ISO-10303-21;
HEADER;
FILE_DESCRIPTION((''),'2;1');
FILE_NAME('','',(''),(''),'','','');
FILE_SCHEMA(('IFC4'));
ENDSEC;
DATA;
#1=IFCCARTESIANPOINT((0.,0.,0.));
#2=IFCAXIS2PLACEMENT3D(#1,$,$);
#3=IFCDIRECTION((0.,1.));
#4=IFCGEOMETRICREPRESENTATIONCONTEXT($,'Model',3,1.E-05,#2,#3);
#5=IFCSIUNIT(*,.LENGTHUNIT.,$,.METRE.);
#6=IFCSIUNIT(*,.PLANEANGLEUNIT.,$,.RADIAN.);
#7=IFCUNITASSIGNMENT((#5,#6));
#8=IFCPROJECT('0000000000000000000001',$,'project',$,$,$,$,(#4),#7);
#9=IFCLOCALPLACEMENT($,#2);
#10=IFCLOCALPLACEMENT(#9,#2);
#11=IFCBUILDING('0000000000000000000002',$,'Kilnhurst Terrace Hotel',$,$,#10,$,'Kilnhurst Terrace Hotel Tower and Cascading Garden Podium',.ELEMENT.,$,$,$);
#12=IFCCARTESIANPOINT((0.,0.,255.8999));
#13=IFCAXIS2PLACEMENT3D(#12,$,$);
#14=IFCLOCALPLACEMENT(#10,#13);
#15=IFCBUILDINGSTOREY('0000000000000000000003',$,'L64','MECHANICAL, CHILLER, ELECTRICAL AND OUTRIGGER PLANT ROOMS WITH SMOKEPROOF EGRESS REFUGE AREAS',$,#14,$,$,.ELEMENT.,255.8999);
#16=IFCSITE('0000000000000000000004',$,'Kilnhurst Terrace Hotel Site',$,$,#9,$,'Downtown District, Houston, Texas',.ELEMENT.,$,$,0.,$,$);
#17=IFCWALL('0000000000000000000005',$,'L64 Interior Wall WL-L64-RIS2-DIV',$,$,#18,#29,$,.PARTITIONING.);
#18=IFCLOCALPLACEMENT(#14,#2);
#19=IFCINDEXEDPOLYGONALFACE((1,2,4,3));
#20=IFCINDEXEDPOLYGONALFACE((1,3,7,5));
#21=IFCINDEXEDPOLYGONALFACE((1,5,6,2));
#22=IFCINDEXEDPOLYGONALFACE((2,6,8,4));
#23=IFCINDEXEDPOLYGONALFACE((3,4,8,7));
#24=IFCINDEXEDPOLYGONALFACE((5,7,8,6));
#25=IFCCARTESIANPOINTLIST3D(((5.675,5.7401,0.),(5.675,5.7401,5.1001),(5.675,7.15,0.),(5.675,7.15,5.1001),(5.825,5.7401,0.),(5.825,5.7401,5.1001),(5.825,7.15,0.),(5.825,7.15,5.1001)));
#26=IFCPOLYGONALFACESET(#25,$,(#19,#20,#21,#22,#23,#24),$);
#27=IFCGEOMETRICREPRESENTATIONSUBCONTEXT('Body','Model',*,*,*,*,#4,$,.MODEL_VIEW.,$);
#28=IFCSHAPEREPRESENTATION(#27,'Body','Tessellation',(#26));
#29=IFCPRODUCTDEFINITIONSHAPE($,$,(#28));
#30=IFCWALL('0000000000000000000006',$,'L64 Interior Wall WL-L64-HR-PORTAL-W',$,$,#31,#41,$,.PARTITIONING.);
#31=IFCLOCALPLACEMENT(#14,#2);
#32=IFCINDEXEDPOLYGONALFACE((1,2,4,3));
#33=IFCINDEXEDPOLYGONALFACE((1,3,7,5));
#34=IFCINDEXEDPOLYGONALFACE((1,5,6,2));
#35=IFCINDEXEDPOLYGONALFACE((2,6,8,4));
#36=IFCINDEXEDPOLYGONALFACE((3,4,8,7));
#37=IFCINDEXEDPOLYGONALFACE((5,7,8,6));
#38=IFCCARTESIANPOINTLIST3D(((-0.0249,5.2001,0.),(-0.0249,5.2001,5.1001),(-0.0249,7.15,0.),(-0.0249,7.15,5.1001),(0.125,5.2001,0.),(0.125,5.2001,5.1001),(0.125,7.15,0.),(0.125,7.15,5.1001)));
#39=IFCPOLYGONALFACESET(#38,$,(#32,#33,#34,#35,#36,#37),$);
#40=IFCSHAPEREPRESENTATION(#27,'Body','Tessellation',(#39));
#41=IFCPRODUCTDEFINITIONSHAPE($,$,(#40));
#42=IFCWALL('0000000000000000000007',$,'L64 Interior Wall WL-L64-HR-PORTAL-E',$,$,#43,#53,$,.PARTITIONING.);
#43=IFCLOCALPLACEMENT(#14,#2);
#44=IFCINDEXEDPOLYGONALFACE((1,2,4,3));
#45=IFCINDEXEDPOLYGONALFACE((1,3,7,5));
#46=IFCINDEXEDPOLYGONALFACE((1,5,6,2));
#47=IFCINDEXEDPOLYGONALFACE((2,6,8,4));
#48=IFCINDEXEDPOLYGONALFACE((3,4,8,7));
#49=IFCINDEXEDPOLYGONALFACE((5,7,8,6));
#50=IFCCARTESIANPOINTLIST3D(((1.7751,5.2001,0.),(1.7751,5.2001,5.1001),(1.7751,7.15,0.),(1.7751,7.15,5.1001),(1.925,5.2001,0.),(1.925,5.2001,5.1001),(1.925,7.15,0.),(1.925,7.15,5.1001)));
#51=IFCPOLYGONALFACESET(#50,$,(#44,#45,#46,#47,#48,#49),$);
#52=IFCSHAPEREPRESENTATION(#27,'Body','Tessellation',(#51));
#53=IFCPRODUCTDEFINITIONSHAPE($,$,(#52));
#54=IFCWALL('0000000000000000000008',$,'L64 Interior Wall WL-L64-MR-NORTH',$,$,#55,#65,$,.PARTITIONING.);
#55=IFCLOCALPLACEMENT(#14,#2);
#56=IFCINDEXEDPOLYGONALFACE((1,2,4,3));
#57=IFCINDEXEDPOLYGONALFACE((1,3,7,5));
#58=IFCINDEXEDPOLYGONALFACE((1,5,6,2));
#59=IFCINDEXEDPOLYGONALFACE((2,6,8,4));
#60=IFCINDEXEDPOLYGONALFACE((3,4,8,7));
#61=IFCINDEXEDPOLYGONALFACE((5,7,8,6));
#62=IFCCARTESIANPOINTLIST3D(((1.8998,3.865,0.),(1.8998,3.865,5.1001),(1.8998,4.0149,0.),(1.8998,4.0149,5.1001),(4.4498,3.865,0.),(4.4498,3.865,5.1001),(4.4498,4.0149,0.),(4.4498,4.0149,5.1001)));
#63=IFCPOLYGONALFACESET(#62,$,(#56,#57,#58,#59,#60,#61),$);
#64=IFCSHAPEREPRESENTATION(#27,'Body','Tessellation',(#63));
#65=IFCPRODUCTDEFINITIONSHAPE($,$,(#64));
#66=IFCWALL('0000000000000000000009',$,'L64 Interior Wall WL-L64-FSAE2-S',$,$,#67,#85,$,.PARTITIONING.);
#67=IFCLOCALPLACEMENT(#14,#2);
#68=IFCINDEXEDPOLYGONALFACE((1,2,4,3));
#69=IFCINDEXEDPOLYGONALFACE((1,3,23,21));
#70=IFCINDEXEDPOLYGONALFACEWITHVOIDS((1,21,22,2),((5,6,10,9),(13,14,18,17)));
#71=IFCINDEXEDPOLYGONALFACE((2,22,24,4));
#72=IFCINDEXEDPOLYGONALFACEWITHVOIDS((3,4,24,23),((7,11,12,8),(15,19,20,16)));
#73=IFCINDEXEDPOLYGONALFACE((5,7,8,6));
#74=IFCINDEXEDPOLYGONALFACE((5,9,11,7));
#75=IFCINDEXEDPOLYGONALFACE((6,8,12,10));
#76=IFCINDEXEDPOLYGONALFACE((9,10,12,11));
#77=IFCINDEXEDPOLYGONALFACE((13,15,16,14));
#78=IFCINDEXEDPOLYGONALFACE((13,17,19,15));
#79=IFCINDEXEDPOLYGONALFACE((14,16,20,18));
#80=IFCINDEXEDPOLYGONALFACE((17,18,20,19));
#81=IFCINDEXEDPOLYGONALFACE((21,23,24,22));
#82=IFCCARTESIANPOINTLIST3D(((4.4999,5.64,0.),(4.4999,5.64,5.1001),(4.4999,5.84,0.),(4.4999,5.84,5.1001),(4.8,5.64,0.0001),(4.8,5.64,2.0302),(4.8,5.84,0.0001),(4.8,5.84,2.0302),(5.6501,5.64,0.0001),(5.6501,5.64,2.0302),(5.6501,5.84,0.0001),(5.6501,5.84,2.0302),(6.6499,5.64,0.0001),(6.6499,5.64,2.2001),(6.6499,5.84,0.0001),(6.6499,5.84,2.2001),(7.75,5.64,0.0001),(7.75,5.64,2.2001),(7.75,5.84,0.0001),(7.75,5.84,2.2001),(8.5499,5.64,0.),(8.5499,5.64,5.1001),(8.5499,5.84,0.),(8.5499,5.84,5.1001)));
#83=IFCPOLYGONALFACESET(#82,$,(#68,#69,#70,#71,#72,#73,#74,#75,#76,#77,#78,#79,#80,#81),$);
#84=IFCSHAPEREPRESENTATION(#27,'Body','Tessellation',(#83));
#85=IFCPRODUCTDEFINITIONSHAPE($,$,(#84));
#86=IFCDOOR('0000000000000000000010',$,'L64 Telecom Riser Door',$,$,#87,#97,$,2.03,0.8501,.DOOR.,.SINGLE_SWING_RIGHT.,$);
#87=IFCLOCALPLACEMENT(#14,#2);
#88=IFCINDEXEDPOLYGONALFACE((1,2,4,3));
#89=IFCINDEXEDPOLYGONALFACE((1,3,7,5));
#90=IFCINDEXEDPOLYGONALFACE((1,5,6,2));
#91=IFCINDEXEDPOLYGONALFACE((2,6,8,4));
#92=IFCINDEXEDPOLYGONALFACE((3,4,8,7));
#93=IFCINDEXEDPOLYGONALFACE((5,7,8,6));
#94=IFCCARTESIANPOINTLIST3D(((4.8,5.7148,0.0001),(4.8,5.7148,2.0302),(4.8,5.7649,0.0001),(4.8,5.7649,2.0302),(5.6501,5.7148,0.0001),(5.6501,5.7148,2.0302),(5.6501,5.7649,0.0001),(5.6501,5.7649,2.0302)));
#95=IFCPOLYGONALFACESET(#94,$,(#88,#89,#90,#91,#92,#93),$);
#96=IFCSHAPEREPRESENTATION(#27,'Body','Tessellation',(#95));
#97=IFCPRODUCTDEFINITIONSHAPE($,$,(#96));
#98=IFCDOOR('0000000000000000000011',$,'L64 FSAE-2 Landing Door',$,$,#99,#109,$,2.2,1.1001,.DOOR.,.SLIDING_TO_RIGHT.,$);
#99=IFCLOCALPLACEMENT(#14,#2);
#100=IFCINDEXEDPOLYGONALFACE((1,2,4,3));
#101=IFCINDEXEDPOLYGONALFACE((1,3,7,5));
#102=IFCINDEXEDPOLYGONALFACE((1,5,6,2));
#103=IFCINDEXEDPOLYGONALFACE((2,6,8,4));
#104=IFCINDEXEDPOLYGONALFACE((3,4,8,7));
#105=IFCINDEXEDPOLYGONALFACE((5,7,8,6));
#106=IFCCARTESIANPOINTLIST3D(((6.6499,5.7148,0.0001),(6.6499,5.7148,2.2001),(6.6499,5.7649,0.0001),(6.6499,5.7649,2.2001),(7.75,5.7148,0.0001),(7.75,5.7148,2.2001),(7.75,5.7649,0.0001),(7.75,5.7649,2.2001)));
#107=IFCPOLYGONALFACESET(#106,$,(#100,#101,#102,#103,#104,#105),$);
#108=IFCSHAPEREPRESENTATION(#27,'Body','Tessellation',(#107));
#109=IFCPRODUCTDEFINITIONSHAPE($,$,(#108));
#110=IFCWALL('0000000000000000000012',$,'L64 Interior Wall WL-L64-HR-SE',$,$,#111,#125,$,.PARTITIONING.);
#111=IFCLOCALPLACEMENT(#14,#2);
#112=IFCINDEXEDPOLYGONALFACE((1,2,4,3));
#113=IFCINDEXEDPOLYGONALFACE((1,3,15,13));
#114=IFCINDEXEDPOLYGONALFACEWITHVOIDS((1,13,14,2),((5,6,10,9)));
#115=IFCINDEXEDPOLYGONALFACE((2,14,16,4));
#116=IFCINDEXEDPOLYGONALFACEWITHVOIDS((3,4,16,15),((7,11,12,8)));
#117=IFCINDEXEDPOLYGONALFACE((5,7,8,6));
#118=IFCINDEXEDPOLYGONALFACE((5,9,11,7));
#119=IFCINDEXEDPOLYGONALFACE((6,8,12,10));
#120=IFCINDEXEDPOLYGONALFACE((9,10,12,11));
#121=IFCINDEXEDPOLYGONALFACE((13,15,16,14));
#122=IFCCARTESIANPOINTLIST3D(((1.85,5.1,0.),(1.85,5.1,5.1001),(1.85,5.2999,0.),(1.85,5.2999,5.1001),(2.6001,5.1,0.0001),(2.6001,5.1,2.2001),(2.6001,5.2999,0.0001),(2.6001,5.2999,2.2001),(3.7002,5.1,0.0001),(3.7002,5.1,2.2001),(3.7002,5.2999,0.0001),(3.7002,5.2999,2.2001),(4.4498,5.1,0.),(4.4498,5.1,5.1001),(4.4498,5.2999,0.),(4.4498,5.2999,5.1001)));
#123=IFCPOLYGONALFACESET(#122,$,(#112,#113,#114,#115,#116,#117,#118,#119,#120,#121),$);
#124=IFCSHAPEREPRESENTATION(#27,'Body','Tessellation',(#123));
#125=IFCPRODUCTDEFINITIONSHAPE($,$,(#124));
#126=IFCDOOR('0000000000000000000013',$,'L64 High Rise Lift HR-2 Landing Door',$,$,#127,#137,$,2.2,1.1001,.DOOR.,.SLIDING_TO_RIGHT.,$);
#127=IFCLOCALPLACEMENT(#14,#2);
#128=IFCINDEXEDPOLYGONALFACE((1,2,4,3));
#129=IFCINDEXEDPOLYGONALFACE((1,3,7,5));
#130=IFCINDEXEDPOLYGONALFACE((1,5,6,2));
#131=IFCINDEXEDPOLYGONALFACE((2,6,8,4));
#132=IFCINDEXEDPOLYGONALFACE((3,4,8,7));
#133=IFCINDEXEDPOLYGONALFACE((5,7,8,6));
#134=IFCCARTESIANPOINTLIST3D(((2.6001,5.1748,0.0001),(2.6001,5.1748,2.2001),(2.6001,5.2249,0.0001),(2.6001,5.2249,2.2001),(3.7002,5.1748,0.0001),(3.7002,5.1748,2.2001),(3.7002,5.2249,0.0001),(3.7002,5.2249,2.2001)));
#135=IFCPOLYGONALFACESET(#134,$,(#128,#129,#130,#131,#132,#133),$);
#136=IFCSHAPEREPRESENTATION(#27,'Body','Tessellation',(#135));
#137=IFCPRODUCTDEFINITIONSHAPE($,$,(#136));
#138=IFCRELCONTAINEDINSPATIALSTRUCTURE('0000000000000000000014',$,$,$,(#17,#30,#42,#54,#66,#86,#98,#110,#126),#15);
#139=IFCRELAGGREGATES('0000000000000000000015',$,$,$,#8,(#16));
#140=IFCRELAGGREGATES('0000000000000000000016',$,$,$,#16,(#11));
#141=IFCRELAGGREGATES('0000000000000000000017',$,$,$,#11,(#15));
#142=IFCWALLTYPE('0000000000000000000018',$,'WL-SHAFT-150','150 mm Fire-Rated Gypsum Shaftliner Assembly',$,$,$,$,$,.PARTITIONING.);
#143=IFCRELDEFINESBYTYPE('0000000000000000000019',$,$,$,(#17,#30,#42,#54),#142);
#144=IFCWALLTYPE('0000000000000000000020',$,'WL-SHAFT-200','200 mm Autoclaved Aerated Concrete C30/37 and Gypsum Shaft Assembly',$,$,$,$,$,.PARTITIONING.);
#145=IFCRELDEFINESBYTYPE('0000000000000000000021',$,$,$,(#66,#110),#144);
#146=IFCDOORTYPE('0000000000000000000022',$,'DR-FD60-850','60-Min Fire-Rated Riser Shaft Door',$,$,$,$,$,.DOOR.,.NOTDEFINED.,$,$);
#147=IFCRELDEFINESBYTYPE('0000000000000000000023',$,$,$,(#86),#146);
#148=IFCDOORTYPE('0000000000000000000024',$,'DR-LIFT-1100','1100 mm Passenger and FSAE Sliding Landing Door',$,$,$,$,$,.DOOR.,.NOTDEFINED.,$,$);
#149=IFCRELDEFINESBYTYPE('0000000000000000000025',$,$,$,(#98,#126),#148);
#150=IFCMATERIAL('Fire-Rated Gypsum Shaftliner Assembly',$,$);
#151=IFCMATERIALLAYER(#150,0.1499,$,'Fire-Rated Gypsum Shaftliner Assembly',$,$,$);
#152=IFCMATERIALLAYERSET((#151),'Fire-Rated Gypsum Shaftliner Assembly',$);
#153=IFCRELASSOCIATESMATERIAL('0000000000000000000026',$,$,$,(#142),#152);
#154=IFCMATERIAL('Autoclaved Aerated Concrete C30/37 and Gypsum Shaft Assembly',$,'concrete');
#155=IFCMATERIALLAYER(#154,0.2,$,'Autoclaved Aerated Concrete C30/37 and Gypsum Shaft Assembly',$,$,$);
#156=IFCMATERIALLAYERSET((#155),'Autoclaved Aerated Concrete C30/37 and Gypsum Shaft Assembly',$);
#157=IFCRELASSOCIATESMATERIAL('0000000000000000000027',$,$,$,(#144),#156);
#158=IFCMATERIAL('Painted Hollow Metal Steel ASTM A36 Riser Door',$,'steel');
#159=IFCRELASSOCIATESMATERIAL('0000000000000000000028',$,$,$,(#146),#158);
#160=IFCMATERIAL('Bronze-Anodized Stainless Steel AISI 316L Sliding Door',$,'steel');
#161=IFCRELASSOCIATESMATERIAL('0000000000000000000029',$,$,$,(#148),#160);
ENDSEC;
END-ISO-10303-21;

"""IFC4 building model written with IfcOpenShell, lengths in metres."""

from ifc_helpers import new_model, si_unit, direction, frame, frame_2d, origin, place, context, subcontext, project, spatial, rectangle, extrude, material, layer, layer_set, type_object, element, fill, save


model = new_model("IFC4")

# Units and contexts
model_context = context("Model", 3, precision=1e-05, world=origin(), true_north=direction((0.0, 1.0)))
body_context = subcontext(model_context, "Body", "Model", "MODEL_VIEW")
ifc_project = project(units=[si_unit("LENGTHUNIT", "METRE"), si_unit("PLANEANGLEUNIT", "RADIAN")], contexts=[model_context])

# Site, building, storey
site_placement = place(None, origin())
site = spatial("IfcSite", under=ifc_project, at=site_placement, Name="Kilnhurst Terrace Hotel Site", LongName="Downtown District, Houston, Texas", CompositionType="ELEMENT", RefElevation=0.0)
building_placement = place(site_placement, origin())
building = spatial("IfcBuilding", under=site, at=building_placement, Name="Kilnhurst Terrace Hotel", LongName="Kilnhurst Terrace Hotel Tower and Cascading Garden Podium", CompositionType="ELEMENT")
storey_placement = place(building_placement, frame((0.0, 0.0, 255.8999)))
storey = spatial("IfcBuildingStorey", under=building, at=storey_placement, Name="L64", Description="MECHANICAL, CHILLER, ELECTRICAL AND OUTRIGGER PLANT ROOMS WITH SMOKEPROOF EGRESS REFUGE AREAS", CompositionType="ELEMENT", Elevation=255.8999)

# Walls
ifc_material_1 = material(Name="Fire-Rated Gypsum Shaftliner Assembly")
ifc_layer_1 = layer(ifc_material_1, 0.1499, Name="Fire-Rated Gypsum Shaftliner Assembly")
ifc_layer_set_1 = layer_set([ifc_layer_1], Name="Fire-Rated Gypsum Shaftliner Assembly")
wall_type_1 = type_object("IfcWallType", Name="WL-SHAFT-150", Description="150 mm Fire-Rated Gypsum Shaftliner Assembly", PredefinedType="PARTITIONING", material=ifc_layer_set_1)
wall_1_placement = place(storey_placement, frame((5.75, 5.74, 0.0), z_axis=(0.0, 0.0, 1.0), x_axis=(0.0, 1.0, 0.0)))
element("IfcWall", 1, at=wall_1_placement, inside=storey, type_object=wall_type_1, Name="L64 Interior Wall WL-L64-RIS2-DIV", PredefinedType="PARTITIONING", context=body_context, shape_type="SweptSolid", body=[
    extrude(rectangle(XDim=1.4099, YDim=0.1499, at=frame_2d((0.7051, 0.0))), origin(), (0.0, 0.0, 1.0), 5.1001),
])
for number, where, z_axis, x_axis, name in (
    (2, (0.05, 5.2, 0.0), (0.0, 0.0, 1.0), (0.0, 1.0, 0.0), "L64 Interior Wall WL-L64-HR-PORTAL-W"),
    (3, (1.8501, 5.2, 0.0), (0.0, 0.0, 1.0), (0.0, 1.0, 0.0), "L64 Interior Wall WL-L64-HR-PORTAL-E"),
):
    element("IfcWall", number, at=place(storey_placement, frame(where, z_axis=z_axis, x_axis=x_axis)), inside=storey, type_object=wall_type_1, Name=name, PredefinedType="PARTITIONING", context=body_context, shape_type="SweptSolid", body=[
        extrude(rectangle(XDim=1.95, YDim=0.1499, at=frame_2d((0.9751, 0.0))), origin(), (0.0, 0.0, 1.0), 5.1001),
    ])
wall_2_placement = place(storey_placement, frame((1.8999, 3.9399, 0.0), z_axis=(0.0, 0.0, 1.0), x_axis=(1.0, 0.0, 0.0)))
element("IfcWall", 4, at=wall_2_placement, inside=storey, type_object=wall_type_1, Name="L64 Interior Wall WL-L64-MR-NORTH", PredefinedType="PARTITIONING", context=body_context, shape_type="SweptSolid", body=[
    extrude(rectangle(XDim=2.55, YDim=0.1499, at=frame_2d((1.2749, 0.0))), origin(), (0.0, 0.0, 1.0), 5.1001),
])

# Wall, openings, doors
ifc_material_2 = material(Name="Autoclaved Aerated Concrete C30/37 and Gypsum Shaft Assembly", Category="concrete")
ifc_layer_2 = layer(ifc_material_2, 0.2, Name="Autoclaved Aerated Concrete C30/37 and Gypsum Shaft Assembly")
ifc_layer_set_2 = layer_set([ifc_layer_2], Name="Autoclaved Aerated Concrete C30/37 and Gypsum Shaft Assembly")
wall_type_2 = type_object("IfcWallType", Name="WL-SHAFT-200", Description="200 mm Autoclaved Aerated Concrete C30/37 and Gypsum Shaft Assembly", PredefinedType="PARTITIONING", material=ifc_layer_set_2)
wall_3_placement = place(storey_placement, frame((4.5, 5.74, 0.0), z_axis=(0.0, 0.0, 1.0), x_axis=(1.0, 0.0, 0.0)))
wall_3 = element("IfcWall", 5, at=wall_3_placement, inside=storey, type_object=wall_type_2, Name="L64 Interior Wall WL-L64-FSAE2-S", PredefinedType="PARTITIONING", context=body_context, shape_type="SweptSolid", body=[
    extrude(rectangle(XDim=4.05, YDim=0.2, at=frame_2d((2.0249, 0.0))), origin(), (0.0, 0.0, 1.0), 5.1001),
])
opening_1_placement = place(wall_3_placement, frame((0.3, 0.0, 0.0)))
opening_1 = element("IfcOpeningElement", 6, at=opening_1_placement, cuts=wall_3, PredefinedType="OPENING", context=body_context, shape_type="SweptSolid", body=[
    extrude(rectangle(XDim=0.8501, YDim=2.03, at=frame_2d((0.425, 1.0151))), frame((0.0, 0.1099, 0.0), z_axis=(0.0, -1.0, 0.0), x_axis=(1.0, 0.0, 0.0)), (0.0, 0.0, 1.0), 0.22),
])
opening_2_placement = place(wall_3_placement, frame((2.1499, 0.0, 0.0)))
opening_2 = element("IfcOpeningElement", 7, at=opening_2_placement, cuts=wall_3, PredefinedType="OPENING", context=body_context, shape_type="SweptSolid", body=[
    extrude(rectangle(XDim=1.1001, YDim=2.2, at=frame_2d((0.55, 1.1001))), frame((0.0, 0.1099, 0.0), z_axis=(0.0, -1.0, 0.0), x_axis=(1.0, 0.0, 0.0)), (0.0, 0.0, 1.0), 0.22),
])
ifc_material_3 = material(Name="Painted Hollow Metal Steel ASTM A36 Riser Door", Category="steel")
door_type_1 = type_object("IfcDoorType", Name="DR-FD60-850", Description="60-Min Fire-Rated Riser Shaft Door", OperationType="NOTDEFINED", PredefinedType="DOOR", material=ifc_material_3)
door_1_placement = place(opening_1_placement, origin())
door_1 = element("IfcDoor", 8, at=door_1_placement, inside=storey, type_object=door_type_1, Name="L64 Telecom Riser Door", OperationType="SINGLE_SWING_RIGHT", OverallHeight=2.03, OverallWidth=0.8501, PredefinedType="DOOR", context=body_context, shape_type="SweptSolid", body=[
    extrude(rectangle(XDim=0.8501, YDim=2.03, at=frame_2d((0.425, 1.0151))), frame((0.0, 0.0249, 0.0), z_axis=(0.0, -1.0, 0.0), x_axis=(1.0, 0.0, 0.0)), (0.0, 0.0, 1.0), 0.05),
])
fill(opening_1, door_1)
ifc_material_4 = material(Name="Bronze-Anodized Stainless Steel AISI 316L Sliding Door", Category="steel")
door_type_2 = type_object("IfcDoorType", Name="DR-LIFT-1100", Description="1100 mm Passenger and FSAE Sliding Landing Door", OperationType="NOTDEFINED", PredefinedType="DOOR", material=ifc_material_4)
door_2_placement = place(opening_2_placement, origin())
door_2 = element("IfcDoor", 9, at=door_2_placement, inside=storey, type_object=door_type_2, Name="L64 FSAE-2 Landing Door", OperationType="SLIDING_TO_RIGHT", OverallHeight=2.2, OverallWidth=1.1001, PredefinedType="DOOR", context=body_context, shape_type="SweptSolid", body=[
    extrude(rectangle(XDim=1.1001, YDim=2.2, at=frame_2d((0.55, 1.1001))), frame((0.0, 0.0249, 0.0), z_axis=(0.0, -1.0, 0.0), x_axis=(1.0, 0.0, 0.0)), (0.0, 0.0, 1.0), 0.05),
])
fill(opening_2, door_2)

# Wall, opening, door
wall_4_placement = place(storey_placement, frame((1.8501, 5.2, 0.0), z_axis=(0.0, 0.0, 1.0), x_axis=(1.0, 0.0, 0.0)))
wall_4 = element("IfcWall", 10, at=wall_4_placement, inside=storey, type_object=wall_type_2, Name="L64 Interior Wall WL-L64-HR-SE", PredefinedType="PARTITIONING", context=body_context, shape_type="SweptSolid", body=[
    extrude(rectangle(XDim=2.5999, YDim=0.2, at=frame_2d((1.2998, 0.0))), origin(), (0.0, 0.0, 1.0), 5.1001),
])
opening_3_placement = place(wall_4_placement, frame((0.75, 0.0, 0.0)))
opening_3 = element("IfcOpeningElement", 11, at=opening_3_placement, cuts=wall_4, PredefinedType="OPENING", context=body_context, shape_type="SweptSolid", body=[
    extrude(rectangle(XDim=1.1001, YDim=2.2, at=frame_2d((0.55, 1.1001))), frame((0.0, 0.1099, 0.0), z_axis=(0.0, -1.0, 0.0), x_axis=(1.0, 0.0, 0.0)), (0.0, 0.0, 1.0), 0.22),
])
door_3_placement = place(opening_3_placement, origin())
door_3 = element("IfcDoor", 12, at=door_3_placement, inside=storey, type_object=door_type_2, Name="L64 High Rise Lift HR-2 Landing Door", OperationType="SLIDING_TO_RIGHT", OverallHeight=2.2, OverallWidth=1.1001, PredefinedType="DOOR", context=body_context, shape_type="SweptSolid", body=[
    extrude(rectangle(XDim=1.1001, YDim=2.2, at=frame_2d((0.55, 1.1001))), frame((0.0, 0.0249, 0.0), z_axis=(0.0, -1.0, 0.0), x_axis=(1.0, 0.0, 0.0)), (0.0, 0.0, 1.0), 0.05),
])
fill(opening_3, door_3)

save(model, "model.ifc")
